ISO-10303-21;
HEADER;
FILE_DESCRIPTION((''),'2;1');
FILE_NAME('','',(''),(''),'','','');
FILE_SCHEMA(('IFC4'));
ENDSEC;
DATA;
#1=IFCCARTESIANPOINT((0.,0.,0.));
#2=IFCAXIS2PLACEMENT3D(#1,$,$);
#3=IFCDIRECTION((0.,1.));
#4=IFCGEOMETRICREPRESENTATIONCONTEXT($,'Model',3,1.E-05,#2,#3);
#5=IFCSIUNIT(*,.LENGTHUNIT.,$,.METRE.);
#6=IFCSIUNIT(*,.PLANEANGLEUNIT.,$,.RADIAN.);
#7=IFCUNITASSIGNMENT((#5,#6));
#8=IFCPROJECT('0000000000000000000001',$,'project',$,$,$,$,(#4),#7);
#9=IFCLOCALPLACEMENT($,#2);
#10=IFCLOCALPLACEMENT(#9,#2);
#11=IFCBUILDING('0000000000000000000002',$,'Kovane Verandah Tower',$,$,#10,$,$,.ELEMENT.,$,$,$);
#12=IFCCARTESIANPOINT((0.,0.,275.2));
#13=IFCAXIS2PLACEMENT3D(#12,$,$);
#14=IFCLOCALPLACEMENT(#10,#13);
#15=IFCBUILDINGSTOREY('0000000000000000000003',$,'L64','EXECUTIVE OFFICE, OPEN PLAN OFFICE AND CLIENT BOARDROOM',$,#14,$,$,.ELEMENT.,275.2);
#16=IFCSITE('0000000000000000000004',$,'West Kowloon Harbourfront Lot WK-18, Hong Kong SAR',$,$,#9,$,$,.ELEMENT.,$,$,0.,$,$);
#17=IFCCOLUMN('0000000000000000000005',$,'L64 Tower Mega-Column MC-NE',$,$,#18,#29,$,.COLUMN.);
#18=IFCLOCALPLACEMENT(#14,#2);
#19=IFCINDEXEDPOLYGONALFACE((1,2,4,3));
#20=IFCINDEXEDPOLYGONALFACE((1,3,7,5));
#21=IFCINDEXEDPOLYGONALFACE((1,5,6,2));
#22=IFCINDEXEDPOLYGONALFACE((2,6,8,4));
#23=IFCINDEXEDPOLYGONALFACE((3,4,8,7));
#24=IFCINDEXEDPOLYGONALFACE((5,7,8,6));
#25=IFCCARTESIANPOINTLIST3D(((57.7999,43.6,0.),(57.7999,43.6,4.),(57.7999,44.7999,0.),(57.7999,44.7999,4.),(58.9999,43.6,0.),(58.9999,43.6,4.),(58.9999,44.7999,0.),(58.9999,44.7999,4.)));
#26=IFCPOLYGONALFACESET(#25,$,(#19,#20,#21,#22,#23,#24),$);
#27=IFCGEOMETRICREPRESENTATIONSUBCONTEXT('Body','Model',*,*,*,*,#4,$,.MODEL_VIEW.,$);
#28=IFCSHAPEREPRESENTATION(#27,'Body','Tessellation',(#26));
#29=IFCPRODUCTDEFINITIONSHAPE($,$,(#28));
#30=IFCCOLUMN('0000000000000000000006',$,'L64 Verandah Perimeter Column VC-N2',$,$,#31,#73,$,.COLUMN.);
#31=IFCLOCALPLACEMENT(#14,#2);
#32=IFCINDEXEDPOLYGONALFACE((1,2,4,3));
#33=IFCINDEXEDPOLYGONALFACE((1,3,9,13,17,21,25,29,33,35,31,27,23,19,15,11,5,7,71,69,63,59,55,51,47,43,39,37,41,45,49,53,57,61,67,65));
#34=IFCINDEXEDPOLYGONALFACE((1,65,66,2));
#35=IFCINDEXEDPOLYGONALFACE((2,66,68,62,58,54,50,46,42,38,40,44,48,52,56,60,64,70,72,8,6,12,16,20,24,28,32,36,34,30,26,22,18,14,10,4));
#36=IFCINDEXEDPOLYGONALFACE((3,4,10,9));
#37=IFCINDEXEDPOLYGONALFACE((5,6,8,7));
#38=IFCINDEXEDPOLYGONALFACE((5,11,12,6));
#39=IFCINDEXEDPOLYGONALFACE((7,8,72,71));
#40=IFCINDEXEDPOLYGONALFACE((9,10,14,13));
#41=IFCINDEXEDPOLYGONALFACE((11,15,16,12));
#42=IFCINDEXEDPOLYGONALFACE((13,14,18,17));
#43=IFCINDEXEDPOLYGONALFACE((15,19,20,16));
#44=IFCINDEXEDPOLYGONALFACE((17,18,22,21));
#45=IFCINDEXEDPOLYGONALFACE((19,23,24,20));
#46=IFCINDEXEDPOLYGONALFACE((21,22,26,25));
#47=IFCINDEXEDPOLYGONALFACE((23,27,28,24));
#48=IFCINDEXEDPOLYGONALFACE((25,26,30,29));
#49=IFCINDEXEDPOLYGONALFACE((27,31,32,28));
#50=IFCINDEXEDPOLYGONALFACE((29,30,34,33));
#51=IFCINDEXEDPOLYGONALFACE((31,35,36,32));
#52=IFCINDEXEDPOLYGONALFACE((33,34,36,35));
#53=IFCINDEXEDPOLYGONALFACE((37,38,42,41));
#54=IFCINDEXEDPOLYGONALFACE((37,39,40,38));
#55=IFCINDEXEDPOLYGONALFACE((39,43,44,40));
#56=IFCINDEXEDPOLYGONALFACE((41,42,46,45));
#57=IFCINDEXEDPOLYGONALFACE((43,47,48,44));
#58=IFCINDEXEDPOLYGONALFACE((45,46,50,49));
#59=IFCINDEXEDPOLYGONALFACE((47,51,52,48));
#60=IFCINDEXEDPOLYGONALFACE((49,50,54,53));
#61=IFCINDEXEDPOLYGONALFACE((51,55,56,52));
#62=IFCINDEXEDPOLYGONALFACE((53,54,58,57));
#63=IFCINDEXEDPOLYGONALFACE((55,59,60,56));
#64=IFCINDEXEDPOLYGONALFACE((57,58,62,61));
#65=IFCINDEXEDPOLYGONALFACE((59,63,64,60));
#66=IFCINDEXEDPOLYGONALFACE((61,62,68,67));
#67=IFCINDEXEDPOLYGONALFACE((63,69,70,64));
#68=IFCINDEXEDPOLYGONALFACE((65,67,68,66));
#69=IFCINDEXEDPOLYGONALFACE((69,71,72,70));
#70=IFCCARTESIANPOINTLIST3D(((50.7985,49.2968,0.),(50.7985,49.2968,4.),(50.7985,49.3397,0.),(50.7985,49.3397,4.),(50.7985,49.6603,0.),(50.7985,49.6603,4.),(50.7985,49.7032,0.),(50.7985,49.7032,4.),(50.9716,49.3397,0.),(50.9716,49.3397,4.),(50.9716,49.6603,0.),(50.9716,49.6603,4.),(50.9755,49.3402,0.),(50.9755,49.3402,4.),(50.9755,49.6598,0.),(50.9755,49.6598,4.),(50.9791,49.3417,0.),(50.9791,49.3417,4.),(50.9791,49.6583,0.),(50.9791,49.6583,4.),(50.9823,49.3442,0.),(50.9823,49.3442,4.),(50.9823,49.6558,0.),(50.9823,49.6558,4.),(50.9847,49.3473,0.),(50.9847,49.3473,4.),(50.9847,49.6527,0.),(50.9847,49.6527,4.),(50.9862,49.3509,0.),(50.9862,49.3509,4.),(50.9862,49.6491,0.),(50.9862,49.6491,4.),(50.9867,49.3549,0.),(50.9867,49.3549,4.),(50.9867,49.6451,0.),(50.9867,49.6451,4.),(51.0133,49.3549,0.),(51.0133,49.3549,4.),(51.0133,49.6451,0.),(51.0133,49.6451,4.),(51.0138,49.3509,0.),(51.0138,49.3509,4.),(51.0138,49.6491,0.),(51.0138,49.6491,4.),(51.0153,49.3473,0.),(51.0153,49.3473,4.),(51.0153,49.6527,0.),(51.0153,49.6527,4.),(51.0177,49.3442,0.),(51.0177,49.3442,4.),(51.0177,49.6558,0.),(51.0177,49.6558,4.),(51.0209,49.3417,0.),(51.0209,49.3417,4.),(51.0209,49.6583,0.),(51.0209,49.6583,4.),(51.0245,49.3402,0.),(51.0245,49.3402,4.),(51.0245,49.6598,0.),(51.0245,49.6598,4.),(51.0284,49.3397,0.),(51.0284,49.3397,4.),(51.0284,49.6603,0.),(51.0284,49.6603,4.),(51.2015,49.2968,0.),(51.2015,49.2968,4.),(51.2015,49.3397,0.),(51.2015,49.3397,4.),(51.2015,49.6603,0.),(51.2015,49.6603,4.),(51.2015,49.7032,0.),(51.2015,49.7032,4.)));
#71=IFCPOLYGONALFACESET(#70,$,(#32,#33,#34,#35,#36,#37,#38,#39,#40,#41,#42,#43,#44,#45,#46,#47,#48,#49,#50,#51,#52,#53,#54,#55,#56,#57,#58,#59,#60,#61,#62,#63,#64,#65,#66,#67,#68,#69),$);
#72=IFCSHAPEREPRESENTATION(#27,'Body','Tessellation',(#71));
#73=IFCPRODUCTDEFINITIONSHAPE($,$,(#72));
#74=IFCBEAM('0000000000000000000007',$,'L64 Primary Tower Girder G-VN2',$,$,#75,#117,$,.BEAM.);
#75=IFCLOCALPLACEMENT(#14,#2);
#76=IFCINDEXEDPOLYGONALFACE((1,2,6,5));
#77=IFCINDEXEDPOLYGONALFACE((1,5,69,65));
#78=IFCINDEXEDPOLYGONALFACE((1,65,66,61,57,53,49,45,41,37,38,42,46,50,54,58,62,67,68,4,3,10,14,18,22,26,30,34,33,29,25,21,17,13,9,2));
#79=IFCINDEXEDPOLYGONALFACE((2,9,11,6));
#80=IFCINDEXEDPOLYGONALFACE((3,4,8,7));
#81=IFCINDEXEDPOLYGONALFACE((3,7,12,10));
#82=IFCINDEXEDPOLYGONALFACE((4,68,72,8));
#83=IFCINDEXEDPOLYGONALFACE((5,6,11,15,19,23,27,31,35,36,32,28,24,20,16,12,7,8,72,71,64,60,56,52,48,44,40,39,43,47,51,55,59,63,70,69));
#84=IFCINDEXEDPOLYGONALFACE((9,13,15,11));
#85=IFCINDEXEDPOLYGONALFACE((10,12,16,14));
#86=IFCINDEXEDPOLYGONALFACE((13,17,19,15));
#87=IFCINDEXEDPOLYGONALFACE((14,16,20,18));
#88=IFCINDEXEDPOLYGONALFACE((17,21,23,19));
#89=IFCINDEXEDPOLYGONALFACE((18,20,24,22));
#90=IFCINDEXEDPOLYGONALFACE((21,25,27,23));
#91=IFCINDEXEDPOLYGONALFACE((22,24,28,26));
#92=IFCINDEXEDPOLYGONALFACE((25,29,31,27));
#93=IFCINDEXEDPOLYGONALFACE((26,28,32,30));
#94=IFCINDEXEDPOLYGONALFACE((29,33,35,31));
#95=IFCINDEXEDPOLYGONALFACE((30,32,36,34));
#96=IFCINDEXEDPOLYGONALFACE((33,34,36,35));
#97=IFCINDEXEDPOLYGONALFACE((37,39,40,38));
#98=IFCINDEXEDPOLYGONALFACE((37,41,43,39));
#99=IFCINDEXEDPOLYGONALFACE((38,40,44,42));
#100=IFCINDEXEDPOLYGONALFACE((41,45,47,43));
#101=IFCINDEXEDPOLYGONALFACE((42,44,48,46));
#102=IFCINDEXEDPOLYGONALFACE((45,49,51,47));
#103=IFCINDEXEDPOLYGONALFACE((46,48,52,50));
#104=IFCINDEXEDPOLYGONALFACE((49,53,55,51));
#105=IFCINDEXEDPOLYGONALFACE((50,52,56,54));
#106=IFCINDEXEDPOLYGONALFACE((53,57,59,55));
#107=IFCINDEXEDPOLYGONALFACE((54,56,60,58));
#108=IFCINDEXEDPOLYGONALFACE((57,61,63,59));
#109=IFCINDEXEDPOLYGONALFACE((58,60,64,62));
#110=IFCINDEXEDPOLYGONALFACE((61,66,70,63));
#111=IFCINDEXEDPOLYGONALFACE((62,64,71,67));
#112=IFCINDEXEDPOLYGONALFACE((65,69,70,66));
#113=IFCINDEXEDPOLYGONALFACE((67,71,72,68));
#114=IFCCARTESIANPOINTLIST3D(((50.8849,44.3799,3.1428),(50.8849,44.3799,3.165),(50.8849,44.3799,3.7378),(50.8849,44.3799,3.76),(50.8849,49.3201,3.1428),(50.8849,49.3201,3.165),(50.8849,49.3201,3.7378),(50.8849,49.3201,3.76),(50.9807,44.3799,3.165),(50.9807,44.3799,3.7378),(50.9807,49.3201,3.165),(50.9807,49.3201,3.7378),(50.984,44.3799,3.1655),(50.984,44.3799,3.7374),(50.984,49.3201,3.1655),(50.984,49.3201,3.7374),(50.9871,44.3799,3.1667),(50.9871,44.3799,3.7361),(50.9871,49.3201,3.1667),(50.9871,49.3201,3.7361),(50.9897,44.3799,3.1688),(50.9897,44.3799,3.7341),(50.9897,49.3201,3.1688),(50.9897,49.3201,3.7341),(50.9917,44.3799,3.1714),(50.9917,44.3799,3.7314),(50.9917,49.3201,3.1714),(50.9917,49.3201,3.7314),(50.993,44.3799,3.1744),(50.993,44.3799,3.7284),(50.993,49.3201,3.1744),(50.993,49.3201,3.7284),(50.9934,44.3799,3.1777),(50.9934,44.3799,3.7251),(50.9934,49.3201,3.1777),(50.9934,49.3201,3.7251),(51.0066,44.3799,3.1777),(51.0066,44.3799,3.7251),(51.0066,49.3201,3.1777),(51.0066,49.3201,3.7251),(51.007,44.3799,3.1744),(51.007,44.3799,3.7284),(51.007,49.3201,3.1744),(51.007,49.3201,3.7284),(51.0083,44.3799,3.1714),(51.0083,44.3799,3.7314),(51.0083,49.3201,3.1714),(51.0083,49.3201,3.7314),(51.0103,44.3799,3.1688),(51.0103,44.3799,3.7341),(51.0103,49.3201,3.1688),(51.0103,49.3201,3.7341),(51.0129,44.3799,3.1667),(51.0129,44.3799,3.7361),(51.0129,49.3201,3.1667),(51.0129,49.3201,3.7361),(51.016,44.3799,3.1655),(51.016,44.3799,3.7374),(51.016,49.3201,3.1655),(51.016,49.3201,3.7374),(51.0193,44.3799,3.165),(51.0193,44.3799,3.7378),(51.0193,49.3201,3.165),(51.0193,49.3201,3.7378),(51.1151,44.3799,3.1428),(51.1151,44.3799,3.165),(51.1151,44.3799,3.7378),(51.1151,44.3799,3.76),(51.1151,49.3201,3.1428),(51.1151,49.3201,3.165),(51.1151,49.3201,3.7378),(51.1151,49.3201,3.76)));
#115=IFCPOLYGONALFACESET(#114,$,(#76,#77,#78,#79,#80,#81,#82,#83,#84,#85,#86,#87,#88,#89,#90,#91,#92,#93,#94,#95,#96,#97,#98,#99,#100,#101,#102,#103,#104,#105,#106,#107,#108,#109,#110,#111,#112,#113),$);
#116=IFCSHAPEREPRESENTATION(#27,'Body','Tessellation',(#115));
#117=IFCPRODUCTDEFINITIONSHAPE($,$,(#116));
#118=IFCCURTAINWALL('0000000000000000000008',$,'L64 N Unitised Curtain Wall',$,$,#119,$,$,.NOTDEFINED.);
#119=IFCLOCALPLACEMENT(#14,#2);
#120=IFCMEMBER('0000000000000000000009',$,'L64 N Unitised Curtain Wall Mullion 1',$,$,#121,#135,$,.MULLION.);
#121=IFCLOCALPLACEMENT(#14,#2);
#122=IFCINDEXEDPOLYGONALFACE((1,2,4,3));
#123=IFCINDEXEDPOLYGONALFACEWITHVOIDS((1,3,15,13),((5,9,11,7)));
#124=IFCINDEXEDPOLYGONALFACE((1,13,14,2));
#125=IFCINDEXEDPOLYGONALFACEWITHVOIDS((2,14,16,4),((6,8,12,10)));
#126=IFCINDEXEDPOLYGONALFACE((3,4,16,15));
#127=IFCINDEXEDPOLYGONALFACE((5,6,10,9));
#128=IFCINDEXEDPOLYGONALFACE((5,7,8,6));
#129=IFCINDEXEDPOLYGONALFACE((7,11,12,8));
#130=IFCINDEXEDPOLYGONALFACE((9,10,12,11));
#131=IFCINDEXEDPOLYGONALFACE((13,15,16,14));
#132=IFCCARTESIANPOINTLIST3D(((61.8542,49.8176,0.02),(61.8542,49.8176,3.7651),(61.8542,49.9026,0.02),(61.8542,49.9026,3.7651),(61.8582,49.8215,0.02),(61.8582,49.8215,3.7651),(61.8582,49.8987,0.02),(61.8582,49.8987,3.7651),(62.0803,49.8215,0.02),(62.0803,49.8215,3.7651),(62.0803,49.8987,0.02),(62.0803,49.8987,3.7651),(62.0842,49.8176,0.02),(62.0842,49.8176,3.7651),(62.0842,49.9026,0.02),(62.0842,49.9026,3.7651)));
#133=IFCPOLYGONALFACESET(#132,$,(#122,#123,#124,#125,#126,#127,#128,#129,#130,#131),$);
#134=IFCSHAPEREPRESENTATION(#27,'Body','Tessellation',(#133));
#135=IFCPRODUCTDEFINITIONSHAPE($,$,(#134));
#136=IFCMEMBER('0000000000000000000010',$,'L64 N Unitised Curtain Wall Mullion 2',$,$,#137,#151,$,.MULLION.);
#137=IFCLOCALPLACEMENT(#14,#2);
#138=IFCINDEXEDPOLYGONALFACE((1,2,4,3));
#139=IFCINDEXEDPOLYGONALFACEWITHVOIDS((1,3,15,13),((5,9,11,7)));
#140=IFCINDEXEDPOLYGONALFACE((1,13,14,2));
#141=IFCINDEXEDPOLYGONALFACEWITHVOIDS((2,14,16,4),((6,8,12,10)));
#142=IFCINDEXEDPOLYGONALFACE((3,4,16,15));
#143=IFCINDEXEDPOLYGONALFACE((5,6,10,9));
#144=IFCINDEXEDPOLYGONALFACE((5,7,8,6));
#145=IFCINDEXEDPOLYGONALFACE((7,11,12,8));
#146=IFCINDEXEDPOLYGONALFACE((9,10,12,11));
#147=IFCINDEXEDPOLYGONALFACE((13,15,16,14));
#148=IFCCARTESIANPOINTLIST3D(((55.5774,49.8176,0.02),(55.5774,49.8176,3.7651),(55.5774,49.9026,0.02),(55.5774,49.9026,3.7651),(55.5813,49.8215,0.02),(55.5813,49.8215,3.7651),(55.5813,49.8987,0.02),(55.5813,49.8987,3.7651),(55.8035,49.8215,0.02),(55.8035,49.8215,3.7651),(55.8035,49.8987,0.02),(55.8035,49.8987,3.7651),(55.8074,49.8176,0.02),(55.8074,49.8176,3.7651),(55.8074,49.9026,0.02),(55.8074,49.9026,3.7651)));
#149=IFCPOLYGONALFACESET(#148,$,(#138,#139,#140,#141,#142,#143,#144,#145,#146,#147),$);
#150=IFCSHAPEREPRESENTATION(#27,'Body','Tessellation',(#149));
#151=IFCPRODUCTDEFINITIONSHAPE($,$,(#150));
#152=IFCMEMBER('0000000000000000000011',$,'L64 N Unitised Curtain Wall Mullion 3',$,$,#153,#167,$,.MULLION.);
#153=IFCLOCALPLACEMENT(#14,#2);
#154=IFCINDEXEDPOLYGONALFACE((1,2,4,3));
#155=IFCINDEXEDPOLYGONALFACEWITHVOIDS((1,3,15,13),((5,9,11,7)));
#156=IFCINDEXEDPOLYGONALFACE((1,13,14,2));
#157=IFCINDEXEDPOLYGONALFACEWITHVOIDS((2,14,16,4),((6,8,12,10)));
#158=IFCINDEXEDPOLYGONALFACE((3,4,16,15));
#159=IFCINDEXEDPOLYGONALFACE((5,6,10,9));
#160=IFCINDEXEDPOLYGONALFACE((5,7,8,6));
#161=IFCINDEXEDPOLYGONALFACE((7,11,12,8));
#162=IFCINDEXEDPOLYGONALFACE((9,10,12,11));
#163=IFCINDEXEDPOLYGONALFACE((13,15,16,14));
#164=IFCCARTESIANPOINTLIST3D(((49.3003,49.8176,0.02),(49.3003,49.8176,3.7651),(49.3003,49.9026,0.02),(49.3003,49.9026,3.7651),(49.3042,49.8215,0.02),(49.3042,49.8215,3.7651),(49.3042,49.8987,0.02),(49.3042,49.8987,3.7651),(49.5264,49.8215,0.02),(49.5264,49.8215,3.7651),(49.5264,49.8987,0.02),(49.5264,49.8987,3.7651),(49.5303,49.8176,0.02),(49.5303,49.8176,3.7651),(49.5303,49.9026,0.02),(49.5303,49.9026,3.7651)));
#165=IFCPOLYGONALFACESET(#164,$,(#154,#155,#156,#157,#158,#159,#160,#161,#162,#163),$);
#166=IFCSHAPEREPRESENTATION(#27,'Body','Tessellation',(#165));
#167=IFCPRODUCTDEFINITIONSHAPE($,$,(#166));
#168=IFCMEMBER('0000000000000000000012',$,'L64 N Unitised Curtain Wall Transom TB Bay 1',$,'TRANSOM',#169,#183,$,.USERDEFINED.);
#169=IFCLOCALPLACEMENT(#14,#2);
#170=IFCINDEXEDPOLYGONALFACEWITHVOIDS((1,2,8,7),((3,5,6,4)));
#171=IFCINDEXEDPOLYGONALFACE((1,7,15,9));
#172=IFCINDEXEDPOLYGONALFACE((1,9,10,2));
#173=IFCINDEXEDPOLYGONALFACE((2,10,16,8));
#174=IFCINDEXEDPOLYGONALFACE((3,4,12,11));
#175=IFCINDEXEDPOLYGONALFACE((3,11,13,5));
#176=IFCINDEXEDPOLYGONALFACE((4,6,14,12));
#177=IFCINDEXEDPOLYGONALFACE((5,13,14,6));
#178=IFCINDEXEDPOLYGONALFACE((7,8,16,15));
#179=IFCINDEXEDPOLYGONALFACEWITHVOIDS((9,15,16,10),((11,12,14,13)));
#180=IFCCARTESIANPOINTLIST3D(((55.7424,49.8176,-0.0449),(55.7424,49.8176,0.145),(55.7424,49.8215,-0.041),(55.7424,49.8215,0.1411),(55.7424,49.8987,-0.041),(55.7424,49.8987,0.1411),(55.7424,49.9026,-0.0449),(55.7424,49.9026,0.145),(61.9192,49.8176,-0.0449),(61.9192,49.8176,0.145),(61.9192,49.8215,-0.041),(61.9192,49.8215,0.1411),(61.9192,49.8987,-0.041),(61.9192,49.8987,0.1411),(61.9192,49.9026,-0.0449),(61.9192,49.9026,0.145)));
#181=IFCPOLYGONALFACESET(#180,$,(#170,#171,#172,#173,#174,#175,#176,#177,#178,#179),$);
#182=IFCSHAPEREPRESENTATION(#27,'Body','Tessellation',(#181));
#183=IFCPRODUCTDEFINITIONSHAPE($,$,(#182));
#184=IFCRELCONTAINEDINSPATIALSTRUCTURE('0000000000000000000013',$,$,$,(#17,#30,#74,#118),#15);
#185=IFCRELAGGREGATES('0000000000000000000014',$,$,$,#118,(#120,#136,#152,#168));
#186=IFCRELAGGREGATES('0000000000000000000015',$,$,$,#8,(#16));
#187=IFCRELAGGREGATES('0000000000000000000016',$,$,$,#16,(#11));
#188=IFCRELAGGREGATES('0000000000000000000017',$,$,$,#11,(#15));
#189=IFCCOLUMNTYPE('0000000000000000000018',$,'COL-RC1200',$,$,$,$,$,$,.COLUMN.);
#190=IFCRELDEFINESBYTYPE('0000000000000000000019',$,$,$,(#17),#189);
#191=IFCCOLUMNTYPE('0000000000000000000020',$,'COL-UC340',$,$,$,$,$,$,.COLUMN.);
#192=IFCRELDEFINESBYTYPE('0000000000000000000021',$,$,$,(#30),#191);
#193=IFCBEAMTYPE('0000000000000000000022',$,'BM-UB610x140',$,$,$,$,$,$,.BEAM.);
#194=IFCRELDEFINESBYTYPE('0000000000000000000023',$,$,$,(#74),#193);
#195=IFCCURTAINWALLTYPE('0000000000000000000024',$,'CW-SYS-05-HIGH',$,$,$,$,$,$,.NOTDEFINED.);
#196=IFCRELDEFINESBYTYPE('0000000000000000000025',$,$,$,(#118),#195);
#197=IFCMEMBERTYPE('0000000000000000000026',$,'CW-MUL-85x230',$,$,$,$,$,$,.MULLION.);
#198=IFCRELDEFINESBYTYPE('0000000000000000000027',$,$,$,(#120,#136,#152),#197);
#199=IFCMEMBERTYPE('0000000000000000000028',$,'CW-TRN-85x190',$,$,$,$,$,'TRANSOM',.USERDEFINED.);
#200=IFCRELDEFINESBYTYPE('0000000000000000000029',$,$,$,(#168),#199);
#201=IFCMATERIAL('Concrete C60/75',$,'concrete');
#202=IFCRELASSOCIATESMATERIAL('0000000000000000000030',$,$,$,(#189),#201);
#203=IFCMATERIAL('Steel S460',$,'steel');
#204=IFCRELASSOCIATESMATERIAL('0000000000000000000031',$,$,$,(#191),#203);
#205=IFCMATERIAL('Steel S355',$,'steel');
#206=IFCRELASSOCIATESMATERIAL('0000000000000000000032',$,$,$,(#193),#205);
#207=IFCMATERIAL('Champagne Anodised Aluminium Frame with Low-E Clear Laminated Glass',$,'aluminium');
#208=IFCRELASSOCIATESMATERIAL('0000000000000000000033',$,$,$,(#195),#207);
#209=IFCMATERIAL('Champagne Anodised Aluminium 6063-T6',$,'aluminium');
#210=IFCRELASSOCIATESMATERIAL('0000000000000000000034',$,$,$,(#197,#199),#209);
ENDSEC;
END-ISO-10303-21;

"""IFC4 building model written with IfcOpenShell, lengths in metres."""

from ifc_helpers import new_model, si_unit, direction, frame, origin, origin_2d, place, context, subcontext, project, spatial, rectangle, hollow_rectangle, i_section, extrude, material, material_profile, profile_set, type_object, element, aggregate, save


model = new_model("IFC4")

# Units and contexts
model_context = context("Model", 3, precision=1e-05, world=origin(), true_north=direction((0.0, 1.0)))
body_context = subcontext(model_context, "Body", "Model", "MODEL_VIEW")
ifc_project = project(units=[si_unit("LENGTHUNIT", "METRE"), si_unit("PLANEANGLEUNIT", "RADIAN")], contexts=[model_context])

# Site, building, storey
site_placement = place(None, origin())
site = spatial("IfcSite", under=ifc_project, at=site_placement, Name="West Kowloon Harbourfront Lot WK-18, Hong Kong SAR", CompositionType="ELEMENT", RefElevation=0.0)
building_placement = place(site_placement, origin())
building = spatial("IfcBuilding", under=site, at=building_placement, Name="Kovane Verandah Tower", CompositionType="ELEMENT")
storey_placement = place(building_placement, frame((0.0, 0.0, 275.2)))
storey = spatial("IfcBuildingStorey", under=building, at=storey_placement, Name="L64", Description="EXECUTIVE OFFICE, OPEN PLAN OFFICE AND CLIENT BOARDROOM", CompositionType="ELEMENT", Elevation=275.2)

# Columns
ifc_material_1 = material(Name="Concrete C60/75", Category="concrete")
ifc_material_profile_1 = material_profile(ifc_material_1, rectangle(XDim=1.2, YDim=1.2, at=origin_2d()), Name="RC1200x1200")
ifc_profile_set_1 = profile_set([ifc_material_profile_1], Name="Concrete C60/75")
column_type_1 = type_object("IfcColumnType", Name="COL-RC1200", PredefinedType="COLUMN", material=ifc_profile_set_1)
column_1_placement = place(storey_placement, frame((58.3999, 44.2, 0.0), z_axis=(0.0, 0.0, 1.0), x_axis=(1.0, 0.0, 0.0)))
element("IfcColumn", 1, at=column_1_placement, inside=storey, type_object=column_type_1, Name="L64 Tower Mega-Column MC-NE", PredefinedType="COLUMN", context=body_context, shape_type="SweptSolid", body=[
    extrude(rectangle(XDim=1.2, YDim=1.2, at=origin_2d()), origin(), (0.0, 0.0, 1.0), 4.0),
])
ifc_material_2 = material(Name="Steel S460", Category="steel")
ifc_material_profile_2 = material_profile(ifc_material_2, i_section(OverallWidth=0.4031, OverallDepth=0.4065, WebThickness=0.0266, FlangeThickness=0.043, FilletRadius=0.0151, at=origin_2d()), Name="UC356x406x340")
ifc_profile_set_2 = profile_set([ifc_material_profile_2], Name="Steel S460")
column_type_2 = type_object("IfcColumnType", Name="COL-UC340", PredefinedType="COLUMN", material=ifc_profile_set_2)
column_2_placement = place(storey_placement, frame((51.0, 49.5, 0.0), z_axis=(0.0, 0.0, 1.0), x_axis=(1.0, 0.0, 0.0)))
element("IfcColumn", 2, at=column_2_placement, inside=storey, type_object=column_type_2, Name="L64 Verandah Perimeter Column VC-N2", PredefinedType="COLUMN", context=body_context, shape_type="SweptSolid", body=[
    extrude(i_section(OverallWidth=0.4031, OverallDepth=0.4065, WebThickness=0.0266, FlangeThickness=0.043, FilletRadius=0.0151, at=origin_2d()), origin(), (0.0, 0.0, 1.0), 4.0),
])

# Beam
ifc_material_3 = material(Name="Steel S355", Category="steel")
ifc_material_profile_3 = material_profile(ifc_material_3, i_section(OverallWidth=0.2302, OverallDepth=0.6172, WebThickness=0.0132, FlangeThickness=0.0222, FilletRadius=0.0127, at=origin_2d()), Name="UB610x229x140")
ifc_profile_set_3 = profile_set([ifc_material_profile_3], Name="Steel S355")
beam_type = type_object("IfcBeamType", Name="BM-UB610x140", PredefinedType="BEAM", material=ifc_profile_set_3)
beam_placement = place(storey_placement, frame((51.0, 44.3799, 3.4514), z_axis=(0.0, 1.0, 0.0), x_axis=(-1.0, 0.0, 0.0)))
element("IfcBeam", 3, at=beam_placement, inside=storey, type_object=beam_type, Name="L64 Primary Tower Girder G-VN2", PredefinedType="BEAM", context=body_context, shape_type="SweptSolid", body=[
    extrude(i_section(OverallWidth=0.2302, OverallDepth=0.6172, WebThickness=0.0132, FlangeThickness=0.0222, FilletRadius=0.0127, at=origin_2d()), origin(), (0.0, 0.0, 1.0), 4.9402),
])

# Curtain wall, members
ifc_material_4 = material(Name="Champagne Anodised Aluminium Frame with Low-E Clear Laminated Glass", Category="aluminium")
curtain_wall_type = type_object("IfcCurtainWallType", Name="CW-SYS-05-HIGH", PredefinedType="NOTDEFINED", material=ifc_material_4)
curtain_wall_placement = place(storey_placement, origin())
curtain_wall = element("IfcCurtainWall", 4, at=curtain_wall_placement, inside=storey, type_object=curtain_wall_type, Name="L64 N Unitised Curtain Wall", PredefinedType="NOTDEFINED")
ifc_material_5 = material(Name="Champagne Anodised Aluminium 6063-T6", Category="aluminium")
ifc_material_profile_4 = material_profile(ifc_material_5, hollow_rectangle(XDim=0.085, YDim=0.23, WallThickness=0.0039, at=origin_2d()), Name="AL85x230x4")
ifc_profile_set_4 = profile_set([ifc_material_profile_4], Name="Champagne Anodised Aluminium 6063-T6")
member_type_1 = type_object("IfcMemberType", Name="CW-MUL-85x230", PredefinedType="MULLION", material=ifc_profile_set_4)
member_1_placement = place(storey_placement, frame((61.9692, 49.8601, 0.02), z_axis=(0.0, 0.0, 1.0), x_axis=(0.0, 1.0, 0.0)))
member_1 = element("IfcMember", 5, at=member_1_placement, type_object=member_type_1, Name="L64 N Unitised Curtain Wall Mullion 1", PredefinedType="MULLION", context=body_context, shape_type="SweptSolid", body=[
    extrude(hollow_rectangle(XDim=0.085, YDim=0.23, WallThickness=0.0039, at=origin_2d()), origin(), (0.0, 0.0, 1.0), 3.7451),
])
member_2_placement = place(storey_placement, frame((55.6924, 49.8601, 0.02), z_axis=(0.0, 0.0, 1.0), x_axis=(0.0, 1.0, 0.0)))
member_2 = element("IfcMember", 6, at=member_2_placement, type_object=member_type_1, Name="L64 N Unitised Curtain Wall Mullion 2", PredefinedType="MULLION", context=body_context, shape_type="SweptSolid", body=[
    extrude(hollow_rectangle(XDim=0.085, YDim=0.23, WallThickness=0.0039, at=origin_2d()), origin(), (0.0, 0.0, 1.0), 3.7451),
])
member_3_placement = place(storey_placement, frame((49.4153, 49.8601, 0.02), z_axis=(0.0, 0.0, 1.0), x_axis=(0.0, 1.0, 0.0)))
member_3 = element("IfcMember", 7, at=member_3_placement, type_object=member_type_1, Name="L64 N Unitised Curtain Wall Mullion 3", PredefinedType="MULLION", context=body_context, shape_type="SweptSolid", body=[
    extrude(hollow_rectangle(XDim=0.085, YDim=0.23, WallThickness=0.0039, at=origin_2d()), origin(), (0.0, 0.0, 1.0), 3.7451),
])
ifc_material_profile_5 = material_profile(ifc_material_5, hollow_rectangle(XDim=0.085, YDim=0.1899, WallThickness=0.0039, at=origin_2d()), Name="AL85x190x4")
ifc_profile_set_5 = profile_set([ifc_material_profile_5], Name="Champagne Anodised Aluminium 6063-T6")
member_type_2 = type_object("IfcMemberType", Name="CW-TRN-85x190", ElementType="TRANSOM", PredefinedType="USERDEFINED", material=ifc_profile_set_5)
member_4_placement = place(storey_placement, frame((61.9192, 49.8601, 0.05), z_axis=(-1.0, 0.0, 0.0), x_axis=(0.0, -1.0, 0.0)))
member_4 = element("IfcMember", 8, at=member_4_placement, type_object=member_type_2, Name="L64 N Unitised Curtain Wall Transom TB Bay 1", ObjectType="TRANSOM", PredefinedType="USERDEFINED", context=body_context, shape_type="SweptSolid", body=[
    extrude(hollow_rectangle(XDim=0.085, YDim=0.1899, WallThickness=0.0039, at=origin_2d()), origin(), (0.0, 0.0, 1.0), 6.1768),
])
aggregate(curtain_wall, [member_1, member_2, member_3, member_4])

save(model, "model.ifc")
